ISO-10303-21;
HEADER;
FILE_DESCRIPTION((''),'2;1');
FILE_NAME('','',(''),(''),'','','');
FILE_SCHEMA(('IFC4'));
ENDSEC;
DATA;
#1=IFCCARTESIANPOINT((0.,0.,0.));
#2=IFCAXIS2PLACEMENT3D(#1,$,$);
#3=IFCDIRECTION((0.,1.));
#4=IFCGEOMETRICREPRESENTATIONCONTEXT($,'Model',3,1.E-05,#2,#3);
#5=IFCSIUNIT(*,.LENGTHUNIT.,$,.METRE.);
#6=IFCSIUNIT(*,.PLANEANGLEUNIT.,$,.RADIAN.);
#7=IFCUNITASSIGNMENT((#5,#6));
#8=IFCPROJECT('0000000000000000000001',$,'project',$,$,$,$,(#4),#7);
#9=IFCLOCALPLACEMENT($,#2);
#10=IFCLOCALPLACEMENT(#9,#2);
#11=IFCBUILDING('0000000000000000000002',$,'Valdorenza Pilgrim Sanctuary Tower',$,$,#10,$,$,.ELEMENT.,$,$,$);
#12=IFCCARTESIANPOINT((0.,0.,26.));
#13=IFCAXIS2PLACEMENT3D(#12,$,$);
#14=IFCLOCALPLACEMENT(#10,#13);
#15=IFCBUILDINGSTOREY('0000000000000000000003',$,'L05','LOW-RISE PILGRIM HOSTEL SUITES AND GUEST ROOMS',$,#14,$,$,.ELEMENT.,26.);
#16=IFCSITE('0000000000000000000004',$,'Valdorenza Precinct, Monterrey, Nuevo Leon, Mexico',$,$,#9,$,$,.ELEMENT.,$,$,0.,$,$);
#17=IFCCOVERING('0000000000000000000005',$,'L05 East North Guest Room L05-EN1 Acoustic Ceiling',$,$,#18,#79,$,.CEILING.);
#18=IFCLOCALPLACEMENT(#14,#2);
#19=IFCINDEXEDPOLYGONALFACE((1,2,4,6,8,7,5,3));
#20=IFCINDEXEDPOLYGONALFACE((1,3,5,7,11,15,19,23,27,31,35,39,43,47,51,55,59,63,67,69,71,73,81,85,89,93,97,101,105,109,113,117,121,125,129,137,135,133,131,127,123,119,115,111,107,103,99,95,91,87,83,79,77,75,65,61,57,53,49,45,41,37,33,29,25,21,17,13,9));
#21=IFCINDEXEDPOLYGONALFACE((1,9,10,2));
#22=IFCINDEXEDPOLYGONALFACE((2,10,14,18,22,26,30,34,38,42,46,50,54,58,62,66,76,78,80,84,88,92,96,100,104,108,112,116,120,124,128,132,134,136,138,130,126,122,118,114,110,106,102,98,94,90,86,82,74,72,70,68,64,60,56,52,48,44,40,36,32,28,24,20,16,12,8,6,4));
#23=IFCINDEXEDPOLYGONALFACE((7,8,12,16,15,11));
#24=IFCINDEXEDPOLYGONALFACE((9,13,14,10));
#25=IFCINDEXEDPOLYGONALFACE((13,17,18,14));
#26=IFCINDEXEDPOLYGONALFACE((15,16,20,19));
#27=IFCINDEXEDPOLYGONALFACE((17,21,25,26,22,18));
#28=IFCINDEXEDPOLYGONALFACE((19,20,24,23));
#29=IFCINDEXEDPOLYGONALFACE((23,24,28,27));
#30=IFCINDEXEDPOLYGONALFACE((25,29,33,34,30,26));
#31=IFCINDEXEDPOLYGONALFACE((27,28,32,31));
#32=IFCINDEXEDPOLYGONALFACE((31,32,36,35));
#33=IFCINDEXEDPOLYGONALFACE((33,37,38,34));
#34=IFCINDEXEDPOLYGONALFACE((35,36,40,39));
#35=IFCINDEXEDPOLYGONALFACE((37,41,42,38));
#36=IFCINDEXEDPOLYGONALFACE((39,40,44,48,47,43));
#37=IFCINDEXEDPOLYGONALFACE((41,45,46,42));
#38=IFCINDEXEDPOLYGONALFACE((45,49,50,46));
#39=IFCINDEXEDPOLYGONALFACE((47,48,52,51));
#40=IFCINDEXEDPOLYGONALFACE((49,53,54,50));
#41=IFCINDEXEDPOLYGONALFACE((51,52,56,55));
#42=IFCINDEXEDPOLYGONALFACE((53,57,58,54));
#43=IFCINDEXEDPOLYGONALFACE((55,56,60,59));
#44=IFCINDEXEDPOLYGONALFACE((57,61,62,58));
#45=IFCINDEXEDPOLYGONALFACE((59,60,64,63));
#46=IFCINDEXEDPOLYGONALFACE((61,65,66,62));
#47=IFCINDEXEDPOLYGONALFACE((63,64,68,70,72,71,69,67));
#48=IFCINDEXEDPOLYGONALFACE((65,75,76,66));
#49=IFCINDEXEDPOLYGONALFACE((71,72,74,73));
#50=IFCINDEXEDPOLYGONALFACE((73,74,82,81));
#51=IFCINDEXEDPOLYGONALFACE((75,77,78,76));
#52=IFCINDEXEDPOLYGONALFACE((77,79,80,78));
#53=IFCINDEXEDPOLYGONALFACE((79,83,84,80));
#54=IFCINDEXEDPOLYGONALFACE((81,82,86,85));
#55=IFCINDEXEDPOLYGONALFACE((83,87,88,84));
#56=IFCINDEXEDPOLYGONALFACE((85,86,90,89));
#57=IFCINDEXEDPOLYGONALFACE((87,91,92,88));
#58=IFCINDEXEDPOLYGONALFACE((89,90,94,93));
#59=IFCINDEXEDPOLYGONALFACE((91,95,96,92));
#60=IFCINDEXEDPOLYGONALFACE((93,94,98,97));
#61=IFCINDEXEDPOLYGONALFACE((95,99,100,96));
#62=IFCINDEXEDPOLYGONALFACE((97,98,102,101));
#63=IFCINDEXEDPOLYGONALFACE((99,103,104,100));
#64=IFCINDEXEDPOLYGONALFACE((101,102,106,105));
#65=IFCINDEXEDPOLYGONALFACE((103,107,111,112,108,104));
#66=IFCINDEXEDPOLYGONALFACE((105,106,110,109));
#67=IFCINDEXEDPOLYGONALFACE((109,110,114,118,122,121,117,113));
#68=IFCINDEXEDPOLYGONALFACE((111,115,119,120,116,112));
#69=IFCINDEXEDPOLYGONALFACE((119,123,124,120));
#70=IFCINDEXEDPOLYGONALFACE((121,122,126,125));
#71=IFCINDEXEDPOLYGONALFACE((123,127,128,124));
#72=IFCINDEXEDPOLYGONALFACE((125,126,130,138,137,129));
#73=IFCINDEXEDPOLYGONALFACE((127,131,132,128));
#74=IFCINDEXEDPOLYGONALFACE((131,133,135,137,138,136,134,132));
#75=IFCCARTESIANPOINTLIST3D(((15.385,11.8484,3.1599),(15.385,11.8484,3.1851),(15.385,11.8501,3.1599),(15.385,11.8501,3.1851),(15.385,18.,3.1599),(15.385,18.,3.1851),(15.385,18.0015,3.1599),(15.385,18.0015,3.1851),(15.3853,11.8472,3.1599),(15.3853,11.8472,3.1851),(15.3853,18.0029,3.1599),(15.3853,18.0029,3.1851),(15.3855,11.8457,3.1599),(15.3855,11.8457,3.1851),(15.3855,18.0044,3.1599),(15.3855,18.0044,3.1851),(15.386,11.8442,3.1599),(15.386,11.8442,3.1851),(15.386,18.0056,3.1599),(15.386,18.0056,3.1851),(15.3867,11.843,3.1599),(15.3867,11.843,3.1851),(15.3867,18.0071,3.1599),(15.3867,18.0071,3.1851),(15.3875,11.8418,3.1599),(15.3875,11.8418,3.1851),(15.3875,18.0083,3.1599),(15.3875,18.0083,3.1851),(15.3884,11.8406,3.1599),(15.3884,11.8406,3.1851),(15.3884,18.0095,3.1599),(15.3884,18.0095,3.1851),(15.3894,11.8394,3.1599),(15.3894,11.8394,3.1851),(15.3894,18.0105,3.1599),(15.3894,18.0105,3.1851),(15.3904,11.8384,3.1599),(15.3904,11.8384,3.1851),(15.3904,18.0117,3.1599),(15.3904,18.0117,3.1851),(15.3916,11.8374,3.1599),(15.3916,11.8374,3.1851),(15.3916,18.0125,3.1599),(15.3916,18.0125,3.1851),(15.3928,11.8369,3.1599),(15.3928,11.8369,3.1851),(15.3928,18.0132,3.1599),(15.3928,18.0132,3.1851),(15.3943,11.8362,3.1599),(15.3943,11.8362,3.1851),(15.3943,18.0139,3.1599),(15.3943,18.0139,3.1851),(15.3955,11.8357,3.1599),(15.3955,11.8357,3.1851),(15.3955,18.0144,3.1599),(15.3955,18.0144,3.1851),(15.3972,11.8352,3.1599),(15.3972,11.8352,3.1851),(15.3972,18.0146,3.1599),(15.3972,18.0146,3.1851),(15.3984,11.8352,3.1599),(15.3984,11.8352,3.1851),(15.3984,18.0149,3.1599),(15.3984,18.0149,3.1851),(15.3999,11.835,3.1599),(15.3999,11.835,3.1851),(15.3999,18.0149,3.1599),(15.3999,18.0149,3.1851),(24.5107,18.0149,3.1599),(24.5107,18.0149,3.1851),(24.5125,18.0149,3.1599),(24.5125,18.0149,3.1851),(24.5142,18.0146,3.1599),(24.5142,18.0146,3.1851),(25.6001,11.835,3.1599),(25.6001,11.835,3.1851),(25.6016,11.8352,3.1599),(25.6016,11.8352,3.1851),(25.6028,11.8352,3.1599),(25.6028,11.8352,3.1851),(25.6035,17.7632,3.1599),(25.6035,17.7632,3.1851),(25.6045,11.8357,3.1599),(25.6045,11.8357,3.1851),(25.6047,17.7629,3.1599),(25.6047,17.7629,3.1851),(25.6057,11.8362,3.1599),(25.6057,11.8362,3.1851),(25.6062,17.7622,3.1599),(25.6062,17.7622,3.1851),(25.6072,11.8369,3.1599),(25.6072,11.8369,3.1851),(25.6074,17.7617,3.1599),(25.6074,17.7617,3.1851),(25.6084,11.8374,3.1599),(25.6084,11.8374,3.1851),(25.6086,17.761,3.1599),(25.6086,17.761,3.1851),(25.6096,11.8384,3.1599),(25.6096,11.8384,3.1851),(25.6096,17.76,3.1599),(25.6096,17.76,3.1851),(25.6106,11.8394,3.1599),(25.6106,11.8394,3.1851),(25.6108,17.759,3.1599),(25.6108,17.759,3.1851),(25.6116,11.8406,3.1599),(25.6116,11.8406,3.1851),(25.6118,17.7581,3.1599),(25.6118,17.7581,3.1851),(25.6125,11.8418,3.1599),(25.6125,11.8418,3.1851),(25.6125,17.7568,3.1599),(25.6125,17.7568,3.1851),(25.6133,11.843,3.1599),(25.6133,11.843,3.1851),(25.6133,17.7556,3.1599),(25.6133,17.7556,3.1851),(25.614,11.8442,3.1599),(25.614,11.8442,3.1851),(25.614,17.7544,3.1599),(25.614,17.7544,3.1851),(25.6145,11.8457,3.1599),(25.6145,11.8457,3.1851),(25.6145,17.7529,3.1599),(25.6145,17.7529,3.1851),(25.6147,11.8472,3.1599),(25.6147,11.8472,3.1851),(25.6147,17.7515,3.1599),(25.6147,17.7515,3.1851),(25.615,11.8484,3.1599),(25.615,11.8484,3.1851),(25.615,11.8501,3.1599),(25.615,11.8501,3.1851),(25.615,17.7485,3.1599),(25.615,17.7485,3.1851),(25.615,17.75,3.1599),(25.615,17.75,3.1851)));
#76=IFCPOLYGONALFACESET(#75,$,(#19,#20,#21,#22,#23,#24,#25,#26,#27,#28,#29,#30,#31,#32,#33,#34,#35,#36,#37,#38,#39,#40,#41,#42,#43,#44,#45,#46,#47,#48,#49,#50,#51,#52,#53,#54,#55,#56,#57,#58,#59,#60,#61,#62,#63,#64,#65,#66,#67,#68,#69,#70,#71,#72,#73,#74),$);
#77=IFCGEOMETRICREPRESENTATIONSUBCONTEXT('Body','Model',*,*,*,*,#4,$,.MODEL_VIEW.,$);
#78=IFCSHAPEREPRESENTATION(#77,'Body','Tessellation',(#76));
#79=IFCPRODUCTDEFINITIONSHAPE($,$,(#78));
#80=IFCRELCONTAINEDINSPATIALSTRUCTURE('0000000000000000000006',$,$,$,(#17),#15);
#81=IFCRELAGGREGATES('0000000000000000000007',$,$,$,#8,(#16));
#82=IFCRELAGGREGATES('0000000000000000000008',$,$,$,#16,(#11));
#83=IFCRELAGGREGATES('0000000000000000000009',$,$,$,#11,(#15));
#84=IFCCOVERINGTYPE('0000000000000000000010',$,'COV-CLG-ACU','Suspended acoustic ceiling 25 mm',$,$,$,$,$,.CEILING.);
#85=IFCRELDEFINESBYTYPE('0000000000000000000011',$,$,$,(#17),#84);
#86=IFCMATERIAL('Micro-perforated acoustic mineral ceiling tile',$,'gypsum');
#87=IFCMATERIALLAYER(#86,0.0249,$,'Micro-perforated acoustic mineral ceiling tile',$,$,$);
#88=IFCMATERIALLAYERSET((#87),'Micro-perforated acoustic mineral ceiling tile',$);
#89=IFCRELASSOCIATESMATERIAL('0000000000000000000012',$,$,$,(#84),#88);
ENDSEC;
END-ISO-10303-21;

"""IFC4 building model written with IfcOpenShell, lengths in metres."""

from ifc_helpers import new_model, si_unit, direction, frame, origin, place, context, subcontext, project, spatial, polyline, outline, extrude, material, layer, layer_set, type_object, element, save


model = new_model("IFC4")

# Units and contexts
model_context = context("Model", 3, precision=1e-05, world=origin(), true_north=direction((0.0, 1.0)))
body_context = subcontext(model_context, "Body", "Model", "MODEL_VIEW")
ifc_project = project(units=[si_unit("LENGTHUNIT", "METRE"), si_unit("PLANEANGLEUNIT", "RADIAN")], contexts=[model_context])

# Site, building, storey
site_placement = place(None, origin())
site = spatial("IfcSite", under=ifc_project, at=site_placement, Name="Valdorenza Precinct, Monterrey, Nuevo Leon, Mexico", CompositionType="ELEMENT", RefElevation=0.0)
building_placement = place(site_placement, origin())
building = spatial("IfcBuilding", under=site, at=building_placement, Name="Valdorenza Pilgrim Sanctuary Tower", CompositionType="ELEMENT")
storey_placement = place(building_placement, frame((0.0, 0.0, 26.0)))
storey = spatial("IfcBuildingStorey", under=building, at=storey_placement, Name="L05", Description="LOW-RISE PILGRIM HOSTEL SUITES AND GUEST ROOMS", CompositionType="ELEMENT", Elevation=26.0)

# Covering
ifc_material_1 = material(Name="Micro-perforated acoustic mineral ceiling tile", Category="gypsum")
ifc_layer_1 = layer(ifc_material_1, 0.0249, Name="Micro-perforated acoustic mineral ceiling tile")
ifc_layer_set_1 = layer_set([ifc_layer_1], Name="Micro-perforated acoustic mineral ceiling tile")
covering_type_1 = type_object("IfcCoveringType", Name="COV-CLG-ACU", Description="Suspended acoustic ceiling 25 mm", PredefinedType="CEILING", material=ifc_layer_set_1)
covering_1_placement = place(storey_placement, frame((0.0, 0.0, 3.1599)))
element("IfcCovering", 1, at=covering_1_placement, inside=storey, type_object=covering_type_1, Name="L05 East North Guest Room L05-EN1 Acoustic Ceiling", PredefinedType="CEILING", context=body_context, shape_type="SweptSolid", body=[
    extrude(outline(polyline([(24.5107, 18.0149), (24.5125, 18.0149), (24.5142, 18.0146), (25.6035, 17.7632), (25.6047, 17.7629), (25.6062, 17.7622), (25.6074, 17.7617), (25.6086, 17.761), (25.6096, 17.76), (25.6108, 17.759), (25.6118, 17.7581), (25.6125, 17.7568), (25.6133, 17.7556), (25.614, 17.7544), (25.6145, 17.7529), (25.6147, 17.7515), (25.615, 17.75), (25.615, 17.7485), (25.615, 11.8501), (25.615, 11.8484), (25.6147, 11.8472), (25.6145, 11.8457), (25.614, 11.8442), (25.6133, 11.843), (25.6125, 11.8418), (25.6116, 11.8406), (25.6106, 11.8394), (25.6096, 11.8384), (25.6084, 11.8374), (25.6072, 11.8369), (25.6057, 11.8362), (25.6045, 11.8357), (25.6028, 11.8352), (25.6016, 11.8352), (25.6001, 11.835), (15.3999, 11.835), (15.3984, 11.8352), (15.3972, 11.8352), (15.3955, 11.8357), (15.3943, 11.8362), (15.3928, 11.8369), (15.3916, 11.8374), (15.3904, 11.8384), (15.3894, 11.8394), (15.3884, 11.8406), (15.3875, 11.8418), (15.3867, 11.843), (15.386, 11.8442), (15.3855, 11.8457), (15.3853, 11.8472), (15.385, 11.8484), (15.385, 11.8501), (15.385, 18.0), (15.385, 18.0015), (15.3853, 18.0029), (15.3855, 18.0044), (15.386, 18.0056), (15.3867, 18.0071), (15.3875, 18.0083), (15.3884, 18.0095), (15.3894, 18.0105), (15.3904, 18.0117), (15.3916, 18.0125), (15.3928, 18.0132), (15.3943, 18.0139), (15.3955, 18.0144), (15.3972, 18.0146), (15.3984, 18.0149), (15.3999, 18.0149), (24.5107, 18.0149)])), origin(), (0.0, 0.0, 1.0), 0.0251),
])

save(model, "model.ifc")
